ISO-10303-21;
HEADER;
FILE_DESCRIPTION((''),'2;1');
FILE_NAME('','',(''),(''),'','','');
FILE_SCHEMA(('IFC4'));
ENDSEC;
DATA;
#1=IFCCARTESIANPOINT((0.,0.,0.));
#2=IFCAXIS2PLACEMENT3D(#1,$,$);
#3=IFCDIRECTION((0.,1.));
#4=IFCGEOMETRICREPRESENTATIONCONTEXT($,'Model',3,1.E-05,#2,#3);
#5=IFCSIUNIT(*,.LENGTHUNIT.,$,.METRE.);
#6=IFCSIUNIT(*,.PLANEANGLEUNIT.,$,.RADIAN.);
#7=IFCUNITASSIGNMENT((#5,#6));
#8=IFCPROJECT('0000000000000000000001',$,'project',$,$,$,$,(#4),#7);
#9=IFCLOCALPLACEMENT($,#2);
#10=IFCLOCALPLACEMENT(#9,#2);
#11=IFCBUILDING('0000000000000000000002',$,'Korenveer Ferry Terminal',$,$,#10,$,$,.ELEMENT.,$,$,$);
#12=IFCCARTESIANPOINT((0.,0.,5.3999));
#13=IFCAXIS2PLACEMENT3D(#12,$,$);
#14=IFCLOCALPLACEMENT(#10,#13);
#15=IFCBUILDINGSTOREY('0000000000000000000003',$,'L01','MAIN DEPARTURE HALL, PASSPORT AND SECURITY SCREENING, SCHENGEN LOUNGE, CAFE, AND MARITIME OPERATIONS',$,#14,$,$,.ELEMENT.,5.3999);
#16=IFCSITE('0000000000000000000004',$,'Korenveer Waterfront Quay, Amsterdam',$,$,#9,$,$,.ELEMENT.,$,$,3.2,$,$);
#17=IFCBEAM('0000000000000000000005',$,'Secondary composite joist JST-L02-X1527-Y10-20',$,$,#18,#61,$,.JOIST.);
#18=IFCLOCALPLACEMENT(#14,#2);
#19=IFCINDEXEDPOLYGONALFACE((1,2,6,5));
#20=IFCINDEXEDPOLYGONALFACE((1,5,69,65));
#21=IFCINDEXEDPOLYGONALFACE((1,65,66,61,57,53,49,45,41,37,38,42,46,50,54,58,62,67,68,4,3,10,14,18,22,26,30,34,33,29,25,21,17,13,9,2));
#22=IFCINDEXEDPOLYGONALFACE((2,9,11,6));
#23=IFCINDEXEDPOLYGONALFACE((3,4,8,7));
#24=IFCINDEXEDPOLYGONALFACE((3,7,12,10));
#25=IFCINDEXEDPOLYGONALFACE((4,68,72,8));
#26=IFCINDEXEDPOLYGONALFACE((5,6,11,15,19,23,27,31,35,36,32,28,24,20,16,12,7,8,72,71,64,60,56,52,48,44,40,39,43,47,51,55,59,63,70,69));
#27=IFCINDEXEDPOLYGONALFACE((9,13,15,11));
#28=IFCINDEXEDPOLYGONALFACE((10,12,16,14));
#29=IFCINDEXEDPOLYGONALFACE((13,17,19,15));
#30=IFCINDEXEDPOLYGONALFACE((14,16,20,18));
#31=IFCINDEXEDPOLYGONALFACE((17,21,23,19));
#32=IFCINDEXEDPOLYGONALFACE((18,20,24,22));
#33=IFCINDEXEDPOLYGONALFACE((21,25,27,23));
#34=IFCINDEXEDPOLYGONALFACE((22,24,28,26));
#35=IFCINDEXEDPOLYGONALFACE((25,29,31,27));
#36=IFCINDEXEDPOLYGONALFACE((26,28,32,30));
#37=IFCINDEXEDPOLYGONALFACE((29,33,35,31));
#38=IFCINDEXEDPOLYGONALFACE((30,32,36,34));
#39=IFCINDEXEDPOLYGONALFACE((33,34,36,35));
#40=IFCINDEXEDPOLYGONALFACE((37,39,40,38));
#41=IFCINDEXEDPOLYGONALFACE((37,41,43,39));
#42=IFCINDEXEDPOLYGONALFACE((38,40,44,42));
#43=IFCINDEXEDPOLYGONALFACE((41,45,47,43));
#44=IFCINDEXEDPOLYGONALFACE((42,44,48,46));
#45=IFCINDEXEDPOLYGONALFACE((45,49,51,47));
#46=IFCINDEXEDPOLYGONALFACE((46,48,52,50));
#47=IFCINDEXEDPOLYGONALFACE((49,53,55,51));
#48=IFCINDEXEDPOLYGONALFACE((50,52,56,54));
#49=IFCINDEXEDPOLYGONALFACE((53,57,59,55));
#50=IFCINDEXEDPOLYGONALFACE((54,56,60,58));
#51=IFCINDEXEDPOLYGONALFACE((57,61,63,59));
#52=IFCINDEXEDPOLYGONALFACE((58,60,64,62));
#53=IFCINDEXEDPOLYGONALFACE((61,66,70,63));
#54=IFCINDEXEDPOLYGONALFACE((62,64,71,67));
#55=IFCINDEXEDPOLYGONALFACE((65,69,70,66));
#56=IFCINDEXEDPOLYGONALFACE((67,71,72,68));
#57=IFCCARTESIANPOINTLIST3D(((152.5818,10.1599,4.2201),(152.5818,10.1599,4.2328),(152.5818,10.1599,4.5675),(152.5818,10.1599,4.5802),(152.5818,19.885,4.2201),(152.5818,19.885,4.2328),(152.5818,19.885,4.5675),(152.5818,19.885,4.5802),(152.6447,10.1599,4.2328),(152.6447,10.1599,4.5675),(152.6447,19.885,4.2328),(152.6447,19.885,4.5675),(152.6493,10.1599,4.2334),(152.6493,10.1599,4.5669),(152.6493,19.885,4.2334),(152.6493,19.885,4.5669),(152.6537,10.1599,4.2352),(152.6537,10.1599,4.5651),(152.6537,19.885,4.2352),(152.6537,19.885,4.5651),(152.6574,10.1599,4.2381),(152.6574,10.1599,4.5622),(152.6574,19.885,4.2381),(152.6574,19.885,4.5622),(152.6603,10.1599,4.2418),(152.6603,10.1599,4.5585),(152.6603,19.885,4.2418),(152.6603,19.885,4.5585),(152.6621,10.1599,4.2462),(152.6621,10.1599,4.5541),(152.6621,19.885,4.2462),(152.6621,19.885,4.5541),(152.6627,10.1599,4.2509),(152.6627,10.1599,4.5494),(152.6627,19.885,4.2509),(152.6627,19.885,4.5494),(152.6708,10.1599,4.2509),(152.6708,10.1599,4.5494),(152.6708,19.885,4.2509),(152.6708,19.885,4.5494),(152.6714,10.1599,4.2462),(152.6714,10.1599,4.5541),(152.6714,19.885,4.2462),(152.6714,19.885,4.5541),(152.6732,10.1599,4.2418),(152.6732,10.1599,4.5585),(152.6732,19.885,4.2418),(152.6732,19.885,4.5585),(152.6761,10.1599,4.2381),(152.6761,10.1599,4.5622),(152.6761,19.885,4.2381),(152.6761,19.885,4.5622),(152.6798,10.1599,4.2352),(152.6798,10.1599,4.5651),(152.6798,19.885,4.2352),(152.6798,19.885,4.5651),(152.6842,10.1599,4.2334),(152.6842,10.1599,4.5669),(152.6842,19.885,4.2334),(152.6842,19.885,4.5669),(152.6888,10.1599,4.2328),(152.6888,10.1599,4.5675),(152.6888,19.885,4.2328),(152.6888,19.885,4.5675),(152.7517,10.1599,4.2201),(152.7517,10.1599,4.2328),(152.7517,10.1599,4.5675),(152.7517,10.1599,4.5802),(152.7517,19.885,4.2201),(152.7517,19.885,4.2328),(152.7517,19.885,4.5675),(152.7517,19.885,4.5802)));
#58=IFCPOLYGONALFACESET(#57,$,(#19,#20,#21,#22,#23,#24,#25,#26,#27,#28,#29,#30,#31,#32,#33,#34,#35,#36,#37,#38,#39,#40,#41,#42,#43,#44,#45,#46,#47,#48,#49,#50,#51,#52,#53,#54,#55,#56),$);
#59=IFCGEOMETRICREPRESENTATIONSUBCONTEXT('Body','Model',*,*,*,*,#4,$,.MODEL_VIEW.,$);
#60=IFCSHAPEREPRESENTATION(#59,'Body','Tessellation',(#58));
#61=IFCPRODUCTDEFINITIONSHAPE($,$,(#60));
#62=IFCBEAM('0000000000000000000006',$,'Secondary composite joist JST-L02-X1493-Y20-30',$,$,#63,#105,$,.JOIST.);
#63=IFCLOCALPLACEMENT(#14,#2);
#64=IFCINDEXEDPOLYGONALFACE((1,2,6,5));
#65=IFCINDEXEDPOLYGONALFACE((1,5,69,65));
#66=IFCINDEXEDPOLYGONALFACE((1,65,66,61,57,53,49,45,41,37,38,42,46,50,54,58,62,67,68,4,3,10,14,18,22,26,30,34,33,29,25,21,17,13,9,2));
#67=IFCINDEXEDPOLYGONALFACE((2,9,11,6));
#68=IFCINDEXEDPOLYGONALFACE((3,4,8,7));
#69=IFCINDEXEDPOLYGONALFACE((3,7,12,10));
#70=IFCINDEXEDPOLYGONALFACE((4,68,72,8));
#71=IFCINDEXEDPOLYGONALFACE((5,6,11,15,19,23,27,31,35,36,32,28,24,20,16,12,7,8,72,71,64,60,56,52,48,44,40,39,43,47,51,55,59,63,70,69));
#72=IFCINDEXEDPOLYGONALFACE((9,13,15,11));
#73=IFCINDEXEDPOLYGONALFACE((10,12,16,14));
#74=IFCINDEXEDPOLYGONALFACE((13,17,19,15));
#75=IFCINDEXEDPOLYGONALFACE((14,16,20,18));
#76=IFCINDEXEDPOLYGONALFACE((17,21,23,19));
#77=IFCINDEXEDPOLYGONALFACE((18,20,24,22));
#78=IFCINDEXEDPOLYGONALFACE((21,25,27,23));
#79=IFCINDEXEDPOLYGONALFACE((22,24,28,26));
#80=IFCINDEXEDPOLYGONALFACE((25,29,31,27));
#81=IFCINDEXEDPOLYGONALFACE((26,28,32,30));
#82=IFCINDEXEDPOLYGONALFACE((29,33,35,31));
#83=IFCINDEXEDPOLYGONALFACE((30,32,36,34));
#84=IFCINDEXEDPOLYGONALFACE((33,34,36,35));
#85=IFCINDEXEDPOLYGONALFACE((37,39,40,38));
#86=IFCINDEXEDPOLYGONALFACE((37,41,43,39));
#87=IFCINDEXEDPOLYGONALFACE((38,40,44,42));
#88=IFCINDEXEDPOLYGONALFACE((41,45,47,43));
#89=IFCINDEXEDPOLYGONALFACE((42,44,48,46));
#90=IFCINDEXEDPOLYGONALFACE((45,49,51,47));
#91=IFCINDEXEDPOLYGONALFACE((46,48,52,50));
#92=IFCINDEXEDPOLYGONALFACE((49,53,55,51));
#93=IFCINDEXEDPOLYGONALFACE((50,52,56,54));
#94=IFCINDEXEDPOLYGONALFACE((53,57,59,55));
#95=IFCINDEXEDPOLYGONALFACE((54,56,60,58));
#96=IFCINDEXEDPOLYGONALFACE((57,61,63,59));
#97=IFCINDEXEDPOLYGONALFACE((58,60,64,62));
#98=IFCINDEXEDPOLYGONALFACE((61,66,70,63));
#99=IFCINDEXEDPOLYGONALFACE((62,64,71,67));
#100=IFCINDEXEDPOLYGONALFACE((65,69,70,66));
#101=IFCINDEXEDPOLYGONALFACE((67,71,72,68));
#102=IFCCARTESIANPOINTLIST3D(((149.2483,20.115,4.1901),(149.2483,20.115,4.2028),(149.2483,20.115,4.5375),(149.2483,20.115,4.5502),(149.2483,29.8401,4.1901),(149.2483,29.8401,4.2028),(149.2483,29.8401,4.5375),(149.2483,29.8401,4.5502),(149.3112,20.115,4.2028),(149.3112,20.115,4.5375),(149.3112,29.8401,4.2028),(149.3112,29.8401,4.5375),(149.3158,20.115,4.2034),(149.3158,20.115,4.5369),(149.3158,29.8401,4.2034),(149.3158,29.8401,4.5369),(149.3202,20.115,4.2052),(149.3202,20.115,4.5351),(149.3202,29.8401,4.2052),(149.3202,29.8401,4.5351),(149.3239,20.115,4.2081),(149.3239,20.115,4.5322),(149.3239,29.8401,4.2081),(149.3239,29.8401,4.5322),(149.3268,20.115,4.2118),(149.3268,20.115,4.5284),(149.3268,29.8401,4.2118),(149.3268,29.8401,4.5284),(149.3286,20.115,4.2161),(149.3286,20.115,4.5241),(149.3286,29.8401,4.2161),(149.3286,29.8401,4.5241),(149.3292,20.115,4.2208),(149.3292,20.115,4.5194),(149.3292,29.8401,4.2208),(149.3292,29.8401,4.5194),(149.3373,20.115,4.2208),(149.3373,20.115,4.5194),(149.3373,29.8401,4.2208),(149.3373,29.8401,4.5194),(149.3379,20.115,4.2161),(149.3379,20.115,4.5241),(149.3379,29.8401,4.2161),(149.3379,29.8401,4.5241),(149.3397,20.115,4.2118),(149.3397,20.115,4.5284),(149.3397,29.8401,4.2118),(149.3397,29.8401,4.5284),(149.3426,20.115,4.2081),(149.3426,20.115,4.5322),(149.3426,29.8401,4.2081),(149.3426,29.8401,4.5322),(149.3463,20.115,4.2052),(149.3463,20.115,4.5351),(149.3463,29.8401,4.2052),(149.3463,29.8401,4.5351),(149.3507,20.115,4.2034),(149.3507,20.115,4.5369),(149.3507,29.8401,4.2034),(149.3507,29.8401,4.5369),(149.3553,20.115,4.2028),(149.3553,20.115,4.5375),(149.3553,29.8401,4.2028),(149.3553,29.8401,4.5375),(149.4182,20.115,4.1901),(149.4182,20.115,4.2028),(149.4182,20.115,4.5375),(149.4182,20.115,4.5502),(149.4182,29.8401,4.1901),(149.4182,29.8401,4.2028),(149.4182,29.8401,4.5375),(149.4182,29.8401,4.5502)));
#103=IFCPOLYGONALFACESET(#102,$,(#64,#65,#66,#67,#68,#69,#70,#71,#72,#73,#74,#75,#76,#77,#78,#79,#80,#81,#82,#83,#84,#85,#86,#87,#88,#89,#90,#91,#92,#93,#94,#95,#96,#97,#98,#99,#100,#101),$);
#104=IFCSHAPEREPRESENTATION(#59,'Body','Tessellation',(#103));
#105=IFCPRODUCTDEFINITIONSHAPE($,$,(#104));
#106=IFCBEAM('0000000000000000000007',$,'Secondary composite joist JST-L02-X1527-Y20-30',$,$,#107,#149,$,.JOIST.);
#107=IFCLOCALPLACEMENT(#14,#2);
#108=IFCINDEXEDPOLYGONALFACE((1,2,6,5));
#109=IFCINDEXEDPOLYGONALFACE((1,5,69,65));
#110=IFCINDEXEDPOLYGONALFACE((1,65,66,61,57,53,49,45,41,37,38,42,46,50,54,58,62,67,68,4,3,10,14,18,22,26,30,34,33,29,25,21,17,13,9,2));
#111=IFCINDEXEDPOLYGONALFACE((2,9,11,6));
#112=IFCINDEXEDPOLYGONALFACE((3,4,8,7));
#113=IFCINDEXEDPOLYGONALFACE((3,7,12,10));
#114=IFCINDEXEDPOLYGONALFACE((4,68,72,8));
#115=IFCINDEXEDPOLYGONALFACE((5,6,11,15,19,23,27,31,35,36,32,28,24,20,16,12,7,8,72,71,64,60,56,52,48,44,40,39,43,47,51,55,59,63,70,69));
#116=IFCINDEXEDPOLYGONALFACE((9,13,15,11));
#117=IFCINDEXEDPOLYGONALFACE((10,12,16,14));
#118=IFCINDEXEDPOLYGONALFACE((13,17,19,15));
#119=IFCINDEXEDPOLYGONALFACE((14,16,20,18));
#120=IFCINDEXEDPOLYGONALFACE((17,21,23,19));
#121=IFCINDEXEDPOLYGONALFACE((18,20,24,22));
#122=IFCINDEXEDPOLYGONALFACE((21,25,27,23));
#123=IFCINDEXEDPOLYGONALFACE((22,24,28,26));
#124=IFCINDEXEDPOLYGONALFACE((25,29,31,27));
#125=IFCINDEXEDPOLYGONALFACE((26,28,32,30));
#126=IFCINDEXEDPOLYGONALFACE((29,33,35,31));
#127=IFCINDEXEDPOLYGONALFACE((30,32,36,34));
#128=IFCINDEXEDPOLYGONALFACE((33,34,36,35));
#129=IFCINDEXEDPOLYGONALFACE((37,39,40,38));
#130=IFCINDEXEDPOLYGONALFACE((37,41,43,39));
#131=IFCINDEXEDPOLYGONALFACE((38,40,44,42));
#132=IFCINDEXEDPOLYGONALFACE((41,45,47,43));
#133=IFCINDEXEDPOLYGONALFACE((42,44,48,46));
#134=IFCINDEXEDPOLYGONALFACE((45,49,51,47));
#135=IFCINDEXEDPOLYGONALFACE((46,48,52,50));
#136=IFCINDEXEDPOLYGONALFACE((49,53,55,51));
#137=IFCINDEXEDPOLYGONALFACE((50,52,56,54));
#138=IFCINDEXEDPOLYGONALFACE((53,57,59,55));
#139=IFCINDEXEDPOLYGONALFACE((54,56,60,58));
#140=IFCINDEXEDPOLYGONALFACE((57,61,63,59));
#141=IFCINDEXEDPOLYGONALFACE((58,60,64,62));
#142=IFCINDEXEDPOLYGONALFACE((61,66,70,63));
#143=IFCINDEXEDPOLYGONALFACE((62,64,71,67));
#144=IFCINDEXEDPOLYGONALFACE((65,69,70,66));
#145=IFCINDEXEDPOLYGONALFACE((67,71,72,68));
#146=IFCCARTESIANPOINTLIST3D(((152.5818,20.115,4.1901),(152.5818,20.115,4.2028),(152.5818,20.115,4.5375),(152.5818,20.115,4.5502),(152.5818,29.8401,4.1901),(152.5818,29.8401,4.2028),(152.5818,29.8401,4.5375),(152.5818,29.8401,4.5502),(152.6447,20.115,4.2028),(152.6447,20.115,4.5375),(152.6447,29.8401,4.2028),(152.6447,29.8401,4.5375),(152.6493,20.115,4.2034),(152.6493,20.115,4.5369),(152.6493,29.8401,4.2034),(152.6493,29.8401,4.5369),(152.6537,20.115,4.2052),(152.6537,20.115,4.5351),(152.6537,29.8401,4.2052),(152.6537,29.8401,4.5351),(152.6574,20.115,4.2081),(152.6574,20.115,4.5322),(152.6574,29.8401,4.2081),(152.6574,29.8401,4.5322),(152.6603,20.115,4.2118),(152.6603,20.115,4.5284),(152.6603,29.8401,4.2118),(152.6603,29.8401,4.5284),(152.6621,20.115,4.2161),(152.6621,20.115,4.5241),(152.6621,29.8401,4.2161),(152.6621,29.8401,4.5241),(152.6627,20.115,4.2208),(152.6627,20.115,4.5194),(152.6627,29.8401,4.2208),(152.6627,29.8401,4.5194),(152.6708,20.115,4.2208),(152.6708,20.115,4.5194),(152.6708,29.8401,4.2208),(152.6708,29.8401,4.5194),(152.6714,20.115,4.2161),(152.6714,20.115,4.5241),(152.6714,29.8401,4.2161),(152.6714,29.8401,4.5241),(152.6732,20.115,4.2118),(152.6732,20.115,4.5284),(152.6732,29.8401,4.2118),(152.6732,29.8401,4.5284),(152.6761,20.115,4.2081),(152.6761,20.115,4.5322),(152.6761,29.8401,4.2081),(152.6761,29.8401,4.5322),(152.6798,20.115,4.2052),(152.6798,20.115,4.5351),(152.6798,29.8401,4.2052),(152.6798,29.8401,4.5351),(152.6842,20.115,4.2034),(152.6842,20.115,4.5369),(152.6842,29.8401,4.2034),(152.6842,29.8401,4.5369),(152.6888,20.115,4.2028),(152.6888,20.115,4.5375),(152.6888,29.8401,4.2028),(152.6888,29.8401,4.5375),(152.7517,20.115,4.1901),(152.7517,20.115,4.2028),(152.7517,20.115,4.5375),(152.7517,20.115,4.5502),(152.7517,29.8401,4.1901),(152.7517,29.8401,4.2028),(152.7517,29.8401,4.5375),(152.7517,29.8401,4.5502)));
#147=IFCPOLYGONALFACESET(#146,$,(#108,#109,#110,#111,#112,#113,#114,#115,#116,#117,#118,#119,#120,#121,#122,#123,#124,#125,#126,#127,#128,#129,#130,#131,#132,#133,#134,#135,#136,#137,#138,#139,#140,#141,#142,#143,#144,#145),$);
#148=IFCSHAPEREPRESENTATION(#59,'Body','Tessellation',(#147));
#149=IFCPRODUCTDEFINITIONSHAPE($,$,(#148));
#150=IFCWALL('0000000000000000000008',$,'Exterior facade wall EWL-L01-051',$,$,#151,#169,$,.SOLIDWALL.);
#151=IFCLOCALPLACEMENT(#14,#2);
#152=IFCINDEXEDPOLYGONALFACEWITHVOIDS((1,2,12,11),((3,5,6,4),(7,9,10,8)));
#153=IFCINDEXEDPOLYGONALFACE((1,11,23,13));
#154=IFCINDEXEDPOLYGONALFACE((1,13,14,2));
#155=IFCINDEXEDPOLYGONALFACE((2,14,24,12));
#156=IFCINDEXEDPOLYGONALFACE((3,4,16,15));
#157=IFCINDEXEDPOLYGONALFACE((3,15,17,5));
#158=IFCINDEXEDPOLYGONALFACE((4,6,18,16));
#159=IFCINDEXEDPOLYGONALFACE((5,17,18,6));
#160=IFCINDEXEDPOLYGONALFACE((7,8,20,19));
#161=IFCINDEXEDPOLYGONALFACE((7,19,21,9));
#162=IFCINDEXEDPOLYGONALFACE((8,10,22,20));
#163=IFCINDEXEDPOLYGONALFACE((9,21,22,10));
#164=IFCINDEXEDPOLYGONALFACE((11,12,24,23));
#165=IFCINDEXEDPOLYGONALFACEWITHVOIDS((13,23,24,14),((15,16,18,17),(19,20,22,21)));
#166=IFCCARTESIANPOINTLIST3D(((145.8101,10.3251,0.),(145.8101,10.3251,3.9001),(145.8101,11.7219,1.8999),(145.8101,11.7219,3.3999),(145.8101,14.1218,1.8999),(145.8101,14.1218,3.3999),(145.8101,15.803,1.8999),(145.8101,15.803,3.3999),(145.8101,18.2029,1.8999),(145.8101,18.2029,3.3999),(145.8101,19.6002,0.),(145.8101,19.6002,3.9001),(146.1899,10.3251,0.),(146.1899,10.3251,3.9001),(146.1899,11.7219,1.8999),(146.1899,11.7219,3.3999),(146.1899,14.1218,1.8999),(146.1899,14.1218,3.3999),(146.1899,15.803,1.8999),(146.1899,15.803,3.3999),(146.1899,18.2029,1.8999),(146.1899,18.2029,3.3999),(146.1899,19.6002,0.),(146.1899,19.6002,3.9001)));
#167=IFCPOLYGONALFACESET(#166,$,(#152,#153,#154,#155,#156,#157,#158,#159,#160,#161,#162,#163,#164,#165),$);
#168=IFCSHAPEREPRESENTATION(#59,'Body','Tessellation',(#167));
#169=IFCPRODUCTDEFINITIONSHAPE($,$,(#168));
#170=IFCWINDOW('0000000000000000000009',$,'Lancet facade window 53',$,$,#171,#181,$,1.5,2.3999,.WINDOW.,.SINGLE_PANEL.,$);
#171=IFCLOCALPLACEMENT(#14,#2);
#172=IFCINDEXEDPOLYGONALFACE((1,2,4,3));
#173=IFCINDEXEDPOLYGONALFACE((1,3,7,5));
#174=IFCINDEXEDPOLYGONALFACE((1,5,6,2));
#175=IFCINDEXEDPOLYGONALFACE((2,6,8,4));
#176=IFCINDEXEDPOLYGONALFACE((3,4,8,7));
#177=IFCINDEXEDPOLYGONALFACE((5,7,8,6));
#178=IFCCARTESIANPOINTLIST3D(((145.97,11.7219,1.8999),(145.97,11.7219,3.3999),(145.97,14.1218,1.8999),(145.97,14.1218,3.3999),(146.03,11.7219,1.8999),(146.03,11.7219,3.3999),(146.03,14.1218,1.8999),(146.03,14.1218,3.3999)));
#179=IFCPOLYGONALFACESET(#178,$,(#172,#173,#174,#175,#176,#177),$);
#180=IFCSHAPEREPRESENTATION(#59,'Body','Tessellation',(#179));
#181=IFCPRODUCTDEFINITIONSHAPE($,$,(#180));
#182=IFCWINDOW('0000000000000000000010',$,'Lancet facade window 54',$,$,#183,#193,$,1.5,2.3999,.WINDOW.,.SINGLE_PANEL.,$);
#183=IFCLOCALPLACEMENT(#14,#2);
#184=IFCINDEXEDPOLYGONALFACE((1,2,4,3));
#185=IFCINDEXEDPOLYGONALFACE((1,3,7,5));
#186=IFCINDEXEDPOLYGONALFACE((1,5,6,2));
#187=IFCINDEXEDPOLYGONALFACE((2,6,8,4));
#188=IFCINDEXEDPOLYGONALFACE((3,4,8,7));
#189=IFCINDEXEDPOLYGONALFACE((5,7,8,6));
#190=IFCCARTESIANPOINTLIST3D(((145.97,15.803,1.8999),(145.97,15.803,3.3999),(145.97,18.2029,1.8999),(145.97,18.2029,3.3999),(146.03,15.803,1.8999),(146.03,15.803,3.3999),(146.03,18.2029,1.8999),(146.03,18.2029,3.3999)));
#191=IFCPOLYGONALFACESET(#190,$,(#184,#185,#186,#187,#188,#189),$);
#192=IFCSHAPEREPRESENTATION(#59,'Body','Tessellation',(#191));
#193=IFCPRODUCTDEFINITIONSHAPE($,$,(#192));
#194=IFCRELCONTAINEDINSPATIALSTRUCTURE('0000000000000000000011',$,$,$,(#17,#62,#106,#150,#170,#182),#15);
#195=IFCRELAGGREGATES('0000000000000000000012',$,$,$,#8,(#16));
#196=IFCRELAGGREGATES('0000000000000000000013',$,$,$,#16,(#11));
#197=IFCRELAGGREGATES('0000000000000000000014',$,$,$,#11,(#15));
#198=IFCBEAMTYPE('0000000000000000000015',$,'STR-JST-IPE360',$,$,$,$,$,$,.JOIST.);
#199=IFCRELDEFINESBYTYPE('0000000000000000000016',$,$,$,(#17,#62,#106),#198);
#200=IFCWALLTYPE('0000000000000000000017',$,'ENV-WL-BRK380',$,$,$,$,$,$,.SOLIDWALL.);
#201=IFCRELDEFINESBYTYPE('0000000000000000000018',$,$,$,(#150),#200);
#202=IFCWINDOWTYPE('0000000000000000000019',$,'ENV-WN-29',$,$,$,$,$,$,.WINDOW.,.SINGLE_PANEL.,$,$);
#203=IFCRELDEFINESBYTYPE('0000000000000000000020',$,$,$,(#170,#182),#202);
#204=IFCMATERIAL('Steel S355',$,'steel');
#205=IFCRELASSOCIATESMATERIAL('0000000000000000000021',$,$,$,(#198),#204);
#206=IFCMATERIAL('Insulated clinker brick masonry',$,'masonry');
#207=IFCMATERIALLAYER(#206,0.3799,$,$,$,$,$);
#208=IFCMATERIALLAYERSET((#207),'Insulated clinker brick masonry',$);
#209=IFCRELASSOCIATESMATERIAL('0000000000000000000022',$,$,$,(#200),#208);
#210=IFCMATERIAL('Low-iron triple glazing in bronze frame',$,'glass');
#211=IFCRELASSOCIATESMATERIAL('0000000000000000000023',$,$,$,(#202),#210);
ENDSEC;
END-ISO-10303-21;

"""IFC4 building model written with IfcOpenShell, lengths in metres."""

from ifc_helpers import new_model, si_unit, direction, frame, frame_2d, origin, origin_2d, place, context, subcontext, project, spatial, rectangle, i_section, extrude, material, layer, layer_set, material_profile, profile_set, type_object, element, fill, save


model = new_model("IFC4")

# Units and contexts
model_context = context("Model", 3, precision=1e-05, world=origin(), true_north=direction((0.0, 1.0)))
body_context = subcontext(model_context, "Body", "Model", "MODEL_VIEW")
ifc_project = project(units=[si_unit("LENGTHUNIT", "METRE"), si_unit("PLANEANGLEUNIT", "RADIAN")], contexts=[model_context])

# Site, building, storey
site_placement = place(None, origin())
site = spatial("IfcSite", under=ifc_project, at=site_placement, Name="Korenveer Waterfront Quay, Amsterdam", CompositionType="ELEMENT", RefElevation=3.2)
building_placement = place(site_placement, origin())
building = spatial("IfcBuilding", under=site, at=building_placement, Name="Korenveer Ferry Terminal", CompositionType="ELEMENT")
storey_placement = place(building_placement, frame((0.0, 0.0, 5.3999)))
storey = spatial("IfcBuildingStorey", under=building, at=storey_placement, Name="L01", Description="MAIN DEPARTURE HALL, PASSPORT AND SECURITY SCREENING, SCHENGEN LOUNGE, CAFE, AND MARITIME OPERATIONS", CompositionType="ELEMENT", Elevation=5.3999)

# Beams
ifc_material_1 = material(Name="Steel S355", Category="steel")
ifc_material_profile_1 = material_profile(ifc_material_1, i_section(OverallWidth=0.1699, OverallDepth=0.3601, WebThickness=0.0081, FlangeThickness=0.0127, FilletRadius=0.0181, at=origin_2d()), Name="IPE 360")
ifc_profile_set_1 = profile_set([ifc_material_profile_1], Name="Steel S355")
beam_type_1 = type_object("IfcBeamType", Name="STR-JST-IPE360", PredefinedType="JOIST", material=ifc_profile_set_1)
for number, where, z_axis, x_axis, name in (
    (1, (152.6667, 10.1599, 4.4001), (0.0, 1.0, 0.0), (-1.0, 0.0, 0.0), "Secondary composite joist JST-L02-X1527-Y10-20"),
    (2, (149.3333, 20.115, 4.3701), (0.0, 1.0, 0.0), (-1.0, 0.0, 0.0), "Secondary composite joist JST-L02-X1493-Y20-30"),
    (3, (152.6667, 20.115, 4.3701), (0.0, 1.0, 0.0), (-1.0, 0.0, 0.0), "Secondary composite joist JST-L02-X1527-Y20-30"),
):
    element("IfcBeam", number, at=place(storey_placement, frame(where, z_axis=z_axis, x_axis=x_axis)), inside=storey, type_object=beam_type_1, Name=name, PredefinedType="JOIST", context=body_context, shape_type="SweptSolid", body=[
        extrude(i_section(OverallWidth=0.1699, OverallDepth=0.3601, WebThickness=0.0081, FlangeThickness=0.0127, FilletRadius=0.0181, at=origin_2d()), origin(), (0.0, 0.0, 1.0), 9.7251),
    ])

# Wall, openings, windows
ifc_material_2 = material(Name="Insulated clinker brick masonry", Category="masonry")
ifc_layer_1 = layer(ifc_material_2, 0.3799)
ifc_layer_set_1 = layer_set([ifc_layer_1], Name="Insulated clinker brick masonry")
wall_type_1 = type_object("IfcWallType", Name="ENV-WL-BRK380", PredefinedType="SOLIDWALL", material=ifc_layer_set_1)
wall_1_placement = place(storey_placement, frame((146.0, 10.325, 0.0), z_axis=(0.0, 0.0, 1.0), x_axis=(0.0, 1.0, 0.0)))
wall_1 = element("IfcWall", 4, at=wall_1_placement, inside=storey, type_object=wall_type_1, Name="Exterior facade wall EWL-L01-051", PredefinedType="SOLIDWALL", context=body_context, shape_type="SweptSolid", body=[
    extrude(rectangle(XDim=9.2751, YDim=0.3799, at=frame_2d((4.6377, 0.0))), origin(), (0.0, 0.0, 1.0), 3.9001),
])
opening_1_placement = place(wall_1_placement, frame((1.397, 0.0, 1.8999)))
opening_1 = element("IfcOpeningElement", 5, at=opening_1_placement, cuts=wall_1, PredefinedType="OPENING", context=body_context, shape_type="SweptSolid", body=[
    extrude(rectangle(XDim=2.3999, YDim=1.5, at=frame_2d((1.2, 0.75))), frame((0.0, 0.2, 0.0), z_axis=(0.0, -1.0, 0.0), x_axis=(1.0, 0.0, 0.0)), (0.0, 0.0, 1.0), 0.3999),
])
opening_2_placement = place(wall_1_placement, frame((5.478, 0.0, 1.8999)))
opening_2 = element("IfcOpeningElement", 6, at=opening_2_placement, cuts=wall_1, PredefinedType="OPENING", context=body_context, shape_type="SweptSolid", body=[
    extrude(rectangle(XDim=2.3999, YDim=1.5, at=frame_2d((1.2, 0.75))), frame((0.0, 0.2, 0.0), z_axis=(0.0, -1.0, 0.0), x_axis=(1.0, 0.0, 0.0)), (0.0, 0.0, 1.0), 0.3999),
])
ifc_material_3 = material(Name="Low-iron triple glazing in bronze frame", Category="glass")
window_type = type_object("IfcWindowType", Name="ENV-WN-29", PartitioningType="SINGLE_PANEL", PredefinedType="WINDOW", material=ifc_material_3)
window_1_placement = place(opening_1_placement, origin())
window_1 = element("IfcWindow", 7, at=window_1_placement, inside=storey, type_object=window_type, Name="Lancet facade window 53", OverallHeight=1.5, OverallWidth=2.3999, PartitioningType="SINGLE_PANEL", PredefinedType="WINDOW", context=body_context, shape_type="SweptSolid", body=[
    extrude(rectangle(XDim=2.3999, YDim=1.5, at=frame_2d((1.2, 0.75))), frame((0.0, 0.03, 0.0), z_axis=(0.0, -1.0, 0.0), x_axis=(1.0, 0.0, 0.0)), (0.0, 0.0, 1.0), 0.0601),
])
fill(opening_1, window_1)
window_2_placement = place(opening_2_placement, origin())
window_2 = element("IfcWindow", 8, at=window_2_placement, inside=storey, type_object=window_type, Name="Lancet facade window 54", OverallHeight=1.5, OverallWidth=2.3999, PartitioningType="SINGLE_PANEL", PredefinedType="WINDOW", context=body_context, shape_type="SweptSolid", body=[
    extrude(rectangle(XDim=2.3999, YDim=1.5, at=frame_2d((1.2, 0.75))), frame((0.0, 0.03, 0.0), z_axis=(0.0, -1.0, 0.0), x_axis=(1.0, 0.0, 0.0)), (0.0, 0.0, 1.0), 0.0601),
])
fill(opening_2, window_2)

save(model, "model.ifc")
